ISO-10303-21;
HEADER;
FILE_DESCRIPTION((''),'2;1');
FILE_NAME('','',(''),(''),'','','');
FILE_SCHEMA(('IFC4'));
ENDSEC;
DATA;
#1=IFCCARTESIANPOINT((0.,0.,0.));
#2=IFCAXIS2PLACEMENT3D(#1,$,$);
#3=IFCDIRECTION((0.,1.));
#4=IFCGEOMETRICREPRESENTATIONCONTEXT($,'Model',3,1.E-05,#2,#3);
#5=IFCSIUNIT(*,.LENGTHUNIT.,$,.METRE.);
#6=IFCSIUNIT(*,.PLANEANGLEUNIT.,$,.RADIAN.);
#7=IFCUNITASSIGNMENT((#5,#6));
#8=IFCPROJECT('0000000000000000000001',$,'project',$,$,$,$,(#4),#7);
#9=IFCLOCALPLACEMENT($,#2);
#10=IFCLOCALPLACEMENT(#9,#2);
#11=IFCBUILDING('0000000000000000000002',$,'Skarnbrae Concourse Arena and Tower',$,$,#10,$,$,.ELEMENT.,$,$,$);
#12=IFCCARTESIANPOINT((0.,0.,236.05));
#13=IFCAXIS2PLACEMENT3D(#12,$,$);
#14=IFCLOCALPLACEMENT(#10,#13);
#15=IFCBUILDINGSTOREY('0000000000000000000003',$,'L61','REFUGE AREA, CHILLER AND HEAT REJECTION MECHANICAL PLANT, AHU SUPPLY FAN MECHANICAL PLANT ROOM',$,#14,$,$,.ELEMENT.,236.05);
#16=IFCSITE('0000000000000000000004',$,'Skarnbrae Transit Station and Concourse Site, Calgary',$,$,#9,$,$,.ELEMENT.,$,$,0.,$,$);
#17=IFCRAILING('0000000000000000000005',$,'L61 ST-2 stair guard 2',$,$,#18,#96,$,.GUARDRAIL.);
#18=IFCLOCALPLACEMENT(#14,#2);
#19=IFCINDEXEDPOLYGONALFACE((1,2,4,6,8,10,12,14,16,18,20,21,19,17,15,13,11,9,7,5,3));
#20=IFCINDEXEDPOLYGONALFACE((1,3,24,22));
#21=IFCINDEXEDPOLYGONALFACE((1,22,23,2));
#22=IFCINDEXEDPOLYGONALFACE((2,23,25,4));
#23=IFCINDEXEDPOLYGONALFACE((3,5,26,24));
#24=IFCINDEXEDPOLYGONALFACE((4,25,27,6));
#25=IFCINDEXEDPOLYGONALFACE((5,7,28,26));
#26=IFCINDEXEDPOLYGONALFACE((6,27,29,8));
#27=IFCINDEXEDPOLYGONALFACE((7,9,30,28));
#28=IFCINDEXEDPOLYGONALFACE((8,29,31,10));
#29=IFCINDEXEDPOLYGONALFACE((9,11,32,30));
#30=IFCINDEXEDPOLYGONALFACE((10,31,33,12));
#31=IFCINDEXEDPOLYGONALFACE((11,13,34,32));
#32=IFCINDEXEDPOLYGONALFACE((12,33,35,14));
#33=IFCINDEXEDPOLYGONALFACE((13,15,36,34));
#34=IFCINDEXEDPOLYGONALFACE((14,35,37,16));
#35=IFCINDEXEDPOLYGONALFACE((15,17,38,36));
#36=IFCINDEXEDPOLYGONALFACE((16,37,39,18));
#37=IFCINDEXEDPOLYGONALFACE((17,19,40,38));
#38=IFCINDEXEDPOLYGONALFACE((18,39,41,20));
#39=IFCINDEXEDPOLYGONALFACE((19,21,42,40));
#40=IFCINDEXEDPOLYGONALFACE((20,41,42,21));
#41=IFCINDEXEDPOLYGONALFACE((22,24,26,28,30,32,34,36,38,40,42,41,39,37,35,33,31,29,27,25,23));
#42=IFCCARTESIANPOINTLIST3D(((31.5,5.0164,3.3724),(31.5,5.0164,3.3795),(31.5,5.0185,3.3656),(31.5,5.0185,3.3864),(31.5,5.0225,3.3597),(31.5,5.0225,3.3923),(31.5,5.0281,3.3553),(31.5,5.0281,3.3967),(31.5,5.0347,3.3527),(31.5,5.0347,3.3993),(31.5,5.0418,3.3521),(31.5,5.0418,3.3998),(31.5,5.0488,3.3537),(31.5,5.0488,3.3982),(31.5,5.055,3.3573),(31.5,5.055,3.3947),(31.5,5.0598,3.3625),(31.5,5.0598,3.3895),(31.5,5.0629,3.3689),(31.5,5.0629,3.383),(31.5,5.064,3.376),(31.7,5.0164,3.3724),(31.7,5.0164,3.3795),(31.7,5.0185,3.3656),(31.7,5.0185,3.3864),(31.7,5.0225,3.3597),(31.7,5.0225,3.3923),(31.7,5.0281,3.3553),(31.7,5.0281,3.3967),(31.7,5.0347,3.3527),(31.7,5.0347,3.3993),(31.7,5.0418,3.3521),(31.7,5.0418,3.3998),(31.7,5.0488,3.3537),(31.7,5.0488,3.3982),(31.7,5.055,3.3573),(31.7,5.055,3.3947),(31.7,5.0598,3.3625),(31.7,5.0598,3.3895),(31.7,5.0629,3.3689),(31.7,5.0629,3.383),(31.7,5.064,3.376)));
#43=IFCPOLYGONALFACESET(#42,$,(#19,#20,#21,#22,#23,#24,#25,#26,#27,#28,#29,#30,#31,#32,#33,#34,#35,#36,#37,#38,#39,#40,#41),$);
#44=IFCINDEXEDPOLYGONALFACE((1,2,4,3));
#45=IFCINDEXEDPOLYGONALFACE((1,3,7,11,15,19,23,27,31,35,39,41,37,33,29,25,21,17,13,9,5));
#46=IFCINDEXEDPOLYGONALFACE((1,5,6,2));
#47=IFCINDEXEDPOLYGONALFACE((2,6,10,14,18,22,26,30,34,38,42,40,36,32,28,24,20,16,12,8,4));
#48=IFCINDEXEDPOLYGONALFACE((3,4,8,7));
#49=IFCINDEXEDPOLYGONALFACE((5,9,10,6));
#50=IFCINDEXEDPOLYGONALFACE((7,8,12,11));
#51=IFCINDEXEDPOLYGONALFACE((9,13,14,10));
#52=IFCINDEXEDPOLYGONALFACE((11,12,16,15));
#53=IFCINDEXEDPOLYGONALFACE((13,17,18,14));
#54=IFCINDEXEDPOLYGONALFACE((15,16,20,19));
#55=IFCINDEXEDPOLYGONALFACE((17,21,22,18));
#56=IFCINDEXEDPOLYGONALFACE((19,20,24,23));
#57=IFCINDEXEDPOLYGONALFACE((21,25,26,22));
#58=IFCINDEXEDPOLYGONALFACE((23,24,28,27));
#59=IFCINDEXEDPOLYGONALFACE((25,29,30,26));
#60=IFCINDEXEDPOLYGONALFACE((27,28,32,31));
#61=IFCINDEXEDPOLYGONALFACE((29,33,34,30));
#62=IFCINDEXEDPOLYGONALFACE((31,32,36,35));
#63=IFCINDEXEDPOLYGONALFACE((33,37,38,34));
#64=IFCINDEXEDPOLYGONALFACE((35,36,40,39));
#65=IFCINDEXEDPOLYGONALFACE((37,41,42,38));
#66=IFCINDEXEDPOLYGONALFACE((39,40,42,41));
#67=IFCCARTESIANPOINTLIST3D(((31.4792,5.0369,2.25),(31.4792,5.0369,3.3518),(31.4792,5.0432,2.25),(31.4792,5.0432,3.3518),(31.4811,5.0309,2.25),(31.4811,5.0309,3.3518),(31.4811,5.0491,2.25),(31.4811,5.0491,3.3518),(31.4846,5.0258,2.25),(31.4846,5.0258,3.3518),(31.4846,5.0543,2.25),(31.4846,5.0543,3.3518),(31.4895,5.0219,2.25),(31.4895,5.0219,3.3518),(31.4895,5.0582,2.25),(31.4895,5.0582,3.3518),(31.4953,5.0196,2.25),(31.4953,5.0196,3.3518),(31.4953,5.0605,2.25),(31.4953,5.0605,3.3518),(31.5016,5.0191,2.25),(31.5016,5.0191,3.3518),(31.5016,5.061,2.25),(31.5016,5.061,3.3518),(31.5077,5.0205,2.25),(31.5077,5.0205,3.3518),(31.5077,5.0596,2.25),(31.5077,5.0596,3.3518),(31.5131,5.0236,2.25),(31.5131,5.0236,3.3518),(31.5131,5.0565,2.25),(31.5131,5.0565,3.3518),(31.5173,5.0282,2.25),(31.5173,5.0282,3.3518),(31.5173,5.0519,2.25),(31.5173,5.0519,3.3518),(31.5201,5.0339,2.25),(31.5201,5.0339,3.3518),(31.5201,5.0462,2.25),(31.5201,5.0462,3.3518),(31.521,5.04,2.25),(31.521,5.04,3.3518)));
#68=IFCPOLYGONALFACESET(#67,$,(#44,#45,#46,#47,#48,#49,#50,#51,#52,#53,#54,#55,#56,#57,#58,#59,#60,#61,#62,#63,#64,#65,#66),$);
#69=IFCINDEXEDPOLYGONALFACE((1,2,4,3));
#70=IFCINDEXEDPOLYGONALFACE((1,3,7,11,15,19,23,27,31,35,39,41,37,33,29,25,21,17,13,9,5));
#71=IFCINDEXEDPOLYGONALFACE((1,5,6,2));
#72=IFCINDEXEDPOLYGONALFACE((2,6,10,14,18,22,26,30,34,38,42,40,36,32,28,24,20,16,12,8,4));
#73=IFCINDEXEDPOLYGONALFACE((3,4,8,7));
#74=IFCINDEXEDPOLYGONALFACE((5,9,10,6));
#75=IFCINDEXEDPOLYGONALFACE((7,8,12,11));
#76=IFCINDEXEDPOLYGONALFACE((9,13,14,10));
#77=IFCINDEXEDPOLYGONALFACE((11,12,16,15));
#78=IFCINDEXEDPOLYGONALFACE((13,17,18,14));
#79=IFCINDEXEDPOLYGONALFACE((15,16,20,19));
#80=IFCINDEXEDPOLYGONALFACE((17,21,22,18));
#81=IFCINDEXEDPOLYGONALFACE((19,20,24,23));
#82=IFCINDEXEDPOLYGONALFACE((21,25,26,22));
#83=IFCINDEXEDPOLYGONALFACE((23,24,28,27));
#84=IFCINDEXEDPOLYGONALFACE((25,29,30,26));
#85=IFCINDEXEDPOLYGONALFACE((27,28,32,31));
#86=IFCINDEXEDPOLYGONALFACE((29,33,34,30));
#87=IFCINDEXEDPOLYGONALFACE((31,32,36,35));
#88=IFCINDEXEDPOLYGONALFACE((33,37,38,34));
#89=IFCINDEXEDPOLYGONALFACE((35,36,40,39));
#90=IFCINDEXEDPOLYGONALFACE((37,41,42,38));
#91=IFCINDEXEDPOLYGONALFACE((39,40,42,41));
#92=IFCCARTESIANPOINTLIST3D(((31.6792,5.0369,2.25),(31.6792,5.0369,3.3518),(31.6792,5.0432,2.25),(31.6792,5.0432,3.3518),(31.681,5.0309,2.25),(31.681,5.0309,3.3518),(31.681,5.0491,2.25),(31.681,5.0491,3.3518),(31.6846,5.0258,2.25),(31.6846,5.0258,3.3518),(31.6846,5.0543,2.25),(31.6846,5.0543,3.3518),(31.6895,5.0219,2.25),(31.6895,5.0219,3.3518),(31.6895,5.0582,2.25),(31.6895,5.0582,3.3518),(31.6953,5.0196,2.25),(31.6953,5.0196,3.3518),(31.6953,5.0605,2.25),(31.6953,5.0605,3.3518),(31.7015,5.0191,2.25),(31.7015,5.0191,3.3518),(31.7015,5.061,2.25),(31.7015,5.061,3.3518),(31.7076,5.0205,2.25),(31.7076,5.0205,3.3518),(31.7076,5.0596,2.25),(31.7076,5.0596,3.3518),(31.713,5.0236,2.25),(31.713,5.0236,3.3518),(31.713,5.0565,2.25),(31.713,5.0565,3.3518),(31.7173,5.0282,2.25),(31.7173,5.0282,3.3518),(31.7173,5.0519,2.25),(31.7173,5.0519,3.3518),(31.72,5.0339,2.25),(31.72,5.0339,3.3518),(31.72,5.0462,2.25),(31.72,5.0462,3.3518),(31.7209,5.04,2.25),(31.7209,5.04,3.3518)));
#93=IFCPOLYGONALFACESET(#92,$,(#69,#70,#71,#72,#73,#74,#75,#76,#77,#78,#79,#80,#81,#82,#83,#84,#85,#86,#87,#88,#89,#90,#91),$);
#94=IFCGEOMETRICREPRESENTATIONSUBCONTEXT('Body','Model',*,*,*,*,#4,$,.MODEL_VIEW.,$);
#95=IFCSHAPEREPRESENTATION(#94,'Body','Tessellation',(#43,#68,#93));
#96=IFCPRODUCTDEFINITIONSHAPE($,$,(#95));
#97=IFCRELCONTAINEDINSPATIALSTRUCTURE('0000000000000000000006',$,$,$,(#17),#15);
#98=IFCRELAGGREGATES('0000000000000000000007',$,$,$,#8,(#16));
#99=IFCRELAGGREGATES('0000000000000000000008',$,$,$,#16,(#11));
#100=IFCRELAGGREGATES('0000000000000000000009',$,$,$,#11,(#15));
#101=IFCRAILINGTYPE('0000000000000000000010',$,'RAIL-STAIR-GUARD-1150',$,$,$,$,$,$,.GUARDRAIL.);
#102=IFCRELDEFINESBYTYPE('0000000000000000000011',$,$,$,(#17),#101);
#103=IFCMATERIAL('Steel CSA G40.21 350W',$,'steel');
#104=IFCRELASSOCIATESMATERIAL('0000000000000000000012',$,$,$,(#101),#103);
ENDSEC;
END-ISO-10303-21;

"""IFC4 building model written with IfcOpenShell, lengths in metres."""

from ifc_helpers import new_model, si_unit, direction, frame, origin, origin_2d, place, context, subcontext, project, spatial, circle, extrude, material, type_object, element, save


model = new_model("IFC4")

# Units and contexts
model_context = context("Model", 3, precision=1e-05, world=origin(), true_north=direction((0.0, 1.0)))
body_context = subcontext(model_context, "Body", "Model", "MODEL_VIEW")
ifc_project = project(units=[si_unit("LENGTHUNIT", "METRE"), si_unit("PLANEANGLEUNIT", "RADIAN")], contexts=[model_context])

# Site, building, storey
site_placement = place(None, origin())
site = spatial("IfcSite", under=ifc_project, at=site_placement, Name="Skarnbrae Transit Station and Concourse Site, Calgary", CompositionType="ELEMENT", RefElevation=0.0)
building_placement = place(site_placement, origin())
building = spatial("IfcBuilding", under=site, at=building_placement, Name="Skarnbrae Concourse Arena and Tower", CompositionType="ELEMENT")
storey_placement = place(building_placement, frame((0.0, 0.0, 236.05)))
storey = spatial("IfcBuildingStorey", under=building, at=storey_placement, Name="L61", Description="REFUGE AREA, CHILLER AND HEAT REJECTION MECHANICAL PLANT, AHU SUPPLY FAN MECHANICAL PLANT ROOM", CompositionType="ELEMENT", Elevation=236.05)

# Shared definitions
ifc_material_1 = material(Name="Steel CSA G40.21 350W", Category="steel")

# Railing
railing_type_1 = type_object("IfcRailingType", Name="RAIL-STAIR-GUARD-1150", PredefinedType="GUARDRAIL", material=ifc_material_1)
railing_1_placement = place(storey_placement, frame((31.5, 5.04, 2.25)))
element("IfcRailing", 1, at=railing_1_placement, inside=storey, type_object=railing_type_1, Name="L61 ST-2 stair guard 2", PredefinedType="GUARDRAIL", context=body_context, shape_type="SweptSolid", body=[
    extrude(circle(Radius=0.0239, at=origin_2d()), frame((0.0, 0.0, 1.126), z_axis=(1.0, 0.0, 0.0), x_axis=(0.0, 1.0, 0.0)), (0.0, 0.0, 1.0), 0.2),
    extrude(circle(Radius=0.021, at=origin_2d()), origin(), (0.0, 0.0, 1.0), 1.1018),
    extrude(circle(Radius=0.021, at=origin_2d()), frame((0.2, 0.0, 0.0)), (0.0, 0.0, 1.0), 1.1018),
])

save(model, "model.ifc")
